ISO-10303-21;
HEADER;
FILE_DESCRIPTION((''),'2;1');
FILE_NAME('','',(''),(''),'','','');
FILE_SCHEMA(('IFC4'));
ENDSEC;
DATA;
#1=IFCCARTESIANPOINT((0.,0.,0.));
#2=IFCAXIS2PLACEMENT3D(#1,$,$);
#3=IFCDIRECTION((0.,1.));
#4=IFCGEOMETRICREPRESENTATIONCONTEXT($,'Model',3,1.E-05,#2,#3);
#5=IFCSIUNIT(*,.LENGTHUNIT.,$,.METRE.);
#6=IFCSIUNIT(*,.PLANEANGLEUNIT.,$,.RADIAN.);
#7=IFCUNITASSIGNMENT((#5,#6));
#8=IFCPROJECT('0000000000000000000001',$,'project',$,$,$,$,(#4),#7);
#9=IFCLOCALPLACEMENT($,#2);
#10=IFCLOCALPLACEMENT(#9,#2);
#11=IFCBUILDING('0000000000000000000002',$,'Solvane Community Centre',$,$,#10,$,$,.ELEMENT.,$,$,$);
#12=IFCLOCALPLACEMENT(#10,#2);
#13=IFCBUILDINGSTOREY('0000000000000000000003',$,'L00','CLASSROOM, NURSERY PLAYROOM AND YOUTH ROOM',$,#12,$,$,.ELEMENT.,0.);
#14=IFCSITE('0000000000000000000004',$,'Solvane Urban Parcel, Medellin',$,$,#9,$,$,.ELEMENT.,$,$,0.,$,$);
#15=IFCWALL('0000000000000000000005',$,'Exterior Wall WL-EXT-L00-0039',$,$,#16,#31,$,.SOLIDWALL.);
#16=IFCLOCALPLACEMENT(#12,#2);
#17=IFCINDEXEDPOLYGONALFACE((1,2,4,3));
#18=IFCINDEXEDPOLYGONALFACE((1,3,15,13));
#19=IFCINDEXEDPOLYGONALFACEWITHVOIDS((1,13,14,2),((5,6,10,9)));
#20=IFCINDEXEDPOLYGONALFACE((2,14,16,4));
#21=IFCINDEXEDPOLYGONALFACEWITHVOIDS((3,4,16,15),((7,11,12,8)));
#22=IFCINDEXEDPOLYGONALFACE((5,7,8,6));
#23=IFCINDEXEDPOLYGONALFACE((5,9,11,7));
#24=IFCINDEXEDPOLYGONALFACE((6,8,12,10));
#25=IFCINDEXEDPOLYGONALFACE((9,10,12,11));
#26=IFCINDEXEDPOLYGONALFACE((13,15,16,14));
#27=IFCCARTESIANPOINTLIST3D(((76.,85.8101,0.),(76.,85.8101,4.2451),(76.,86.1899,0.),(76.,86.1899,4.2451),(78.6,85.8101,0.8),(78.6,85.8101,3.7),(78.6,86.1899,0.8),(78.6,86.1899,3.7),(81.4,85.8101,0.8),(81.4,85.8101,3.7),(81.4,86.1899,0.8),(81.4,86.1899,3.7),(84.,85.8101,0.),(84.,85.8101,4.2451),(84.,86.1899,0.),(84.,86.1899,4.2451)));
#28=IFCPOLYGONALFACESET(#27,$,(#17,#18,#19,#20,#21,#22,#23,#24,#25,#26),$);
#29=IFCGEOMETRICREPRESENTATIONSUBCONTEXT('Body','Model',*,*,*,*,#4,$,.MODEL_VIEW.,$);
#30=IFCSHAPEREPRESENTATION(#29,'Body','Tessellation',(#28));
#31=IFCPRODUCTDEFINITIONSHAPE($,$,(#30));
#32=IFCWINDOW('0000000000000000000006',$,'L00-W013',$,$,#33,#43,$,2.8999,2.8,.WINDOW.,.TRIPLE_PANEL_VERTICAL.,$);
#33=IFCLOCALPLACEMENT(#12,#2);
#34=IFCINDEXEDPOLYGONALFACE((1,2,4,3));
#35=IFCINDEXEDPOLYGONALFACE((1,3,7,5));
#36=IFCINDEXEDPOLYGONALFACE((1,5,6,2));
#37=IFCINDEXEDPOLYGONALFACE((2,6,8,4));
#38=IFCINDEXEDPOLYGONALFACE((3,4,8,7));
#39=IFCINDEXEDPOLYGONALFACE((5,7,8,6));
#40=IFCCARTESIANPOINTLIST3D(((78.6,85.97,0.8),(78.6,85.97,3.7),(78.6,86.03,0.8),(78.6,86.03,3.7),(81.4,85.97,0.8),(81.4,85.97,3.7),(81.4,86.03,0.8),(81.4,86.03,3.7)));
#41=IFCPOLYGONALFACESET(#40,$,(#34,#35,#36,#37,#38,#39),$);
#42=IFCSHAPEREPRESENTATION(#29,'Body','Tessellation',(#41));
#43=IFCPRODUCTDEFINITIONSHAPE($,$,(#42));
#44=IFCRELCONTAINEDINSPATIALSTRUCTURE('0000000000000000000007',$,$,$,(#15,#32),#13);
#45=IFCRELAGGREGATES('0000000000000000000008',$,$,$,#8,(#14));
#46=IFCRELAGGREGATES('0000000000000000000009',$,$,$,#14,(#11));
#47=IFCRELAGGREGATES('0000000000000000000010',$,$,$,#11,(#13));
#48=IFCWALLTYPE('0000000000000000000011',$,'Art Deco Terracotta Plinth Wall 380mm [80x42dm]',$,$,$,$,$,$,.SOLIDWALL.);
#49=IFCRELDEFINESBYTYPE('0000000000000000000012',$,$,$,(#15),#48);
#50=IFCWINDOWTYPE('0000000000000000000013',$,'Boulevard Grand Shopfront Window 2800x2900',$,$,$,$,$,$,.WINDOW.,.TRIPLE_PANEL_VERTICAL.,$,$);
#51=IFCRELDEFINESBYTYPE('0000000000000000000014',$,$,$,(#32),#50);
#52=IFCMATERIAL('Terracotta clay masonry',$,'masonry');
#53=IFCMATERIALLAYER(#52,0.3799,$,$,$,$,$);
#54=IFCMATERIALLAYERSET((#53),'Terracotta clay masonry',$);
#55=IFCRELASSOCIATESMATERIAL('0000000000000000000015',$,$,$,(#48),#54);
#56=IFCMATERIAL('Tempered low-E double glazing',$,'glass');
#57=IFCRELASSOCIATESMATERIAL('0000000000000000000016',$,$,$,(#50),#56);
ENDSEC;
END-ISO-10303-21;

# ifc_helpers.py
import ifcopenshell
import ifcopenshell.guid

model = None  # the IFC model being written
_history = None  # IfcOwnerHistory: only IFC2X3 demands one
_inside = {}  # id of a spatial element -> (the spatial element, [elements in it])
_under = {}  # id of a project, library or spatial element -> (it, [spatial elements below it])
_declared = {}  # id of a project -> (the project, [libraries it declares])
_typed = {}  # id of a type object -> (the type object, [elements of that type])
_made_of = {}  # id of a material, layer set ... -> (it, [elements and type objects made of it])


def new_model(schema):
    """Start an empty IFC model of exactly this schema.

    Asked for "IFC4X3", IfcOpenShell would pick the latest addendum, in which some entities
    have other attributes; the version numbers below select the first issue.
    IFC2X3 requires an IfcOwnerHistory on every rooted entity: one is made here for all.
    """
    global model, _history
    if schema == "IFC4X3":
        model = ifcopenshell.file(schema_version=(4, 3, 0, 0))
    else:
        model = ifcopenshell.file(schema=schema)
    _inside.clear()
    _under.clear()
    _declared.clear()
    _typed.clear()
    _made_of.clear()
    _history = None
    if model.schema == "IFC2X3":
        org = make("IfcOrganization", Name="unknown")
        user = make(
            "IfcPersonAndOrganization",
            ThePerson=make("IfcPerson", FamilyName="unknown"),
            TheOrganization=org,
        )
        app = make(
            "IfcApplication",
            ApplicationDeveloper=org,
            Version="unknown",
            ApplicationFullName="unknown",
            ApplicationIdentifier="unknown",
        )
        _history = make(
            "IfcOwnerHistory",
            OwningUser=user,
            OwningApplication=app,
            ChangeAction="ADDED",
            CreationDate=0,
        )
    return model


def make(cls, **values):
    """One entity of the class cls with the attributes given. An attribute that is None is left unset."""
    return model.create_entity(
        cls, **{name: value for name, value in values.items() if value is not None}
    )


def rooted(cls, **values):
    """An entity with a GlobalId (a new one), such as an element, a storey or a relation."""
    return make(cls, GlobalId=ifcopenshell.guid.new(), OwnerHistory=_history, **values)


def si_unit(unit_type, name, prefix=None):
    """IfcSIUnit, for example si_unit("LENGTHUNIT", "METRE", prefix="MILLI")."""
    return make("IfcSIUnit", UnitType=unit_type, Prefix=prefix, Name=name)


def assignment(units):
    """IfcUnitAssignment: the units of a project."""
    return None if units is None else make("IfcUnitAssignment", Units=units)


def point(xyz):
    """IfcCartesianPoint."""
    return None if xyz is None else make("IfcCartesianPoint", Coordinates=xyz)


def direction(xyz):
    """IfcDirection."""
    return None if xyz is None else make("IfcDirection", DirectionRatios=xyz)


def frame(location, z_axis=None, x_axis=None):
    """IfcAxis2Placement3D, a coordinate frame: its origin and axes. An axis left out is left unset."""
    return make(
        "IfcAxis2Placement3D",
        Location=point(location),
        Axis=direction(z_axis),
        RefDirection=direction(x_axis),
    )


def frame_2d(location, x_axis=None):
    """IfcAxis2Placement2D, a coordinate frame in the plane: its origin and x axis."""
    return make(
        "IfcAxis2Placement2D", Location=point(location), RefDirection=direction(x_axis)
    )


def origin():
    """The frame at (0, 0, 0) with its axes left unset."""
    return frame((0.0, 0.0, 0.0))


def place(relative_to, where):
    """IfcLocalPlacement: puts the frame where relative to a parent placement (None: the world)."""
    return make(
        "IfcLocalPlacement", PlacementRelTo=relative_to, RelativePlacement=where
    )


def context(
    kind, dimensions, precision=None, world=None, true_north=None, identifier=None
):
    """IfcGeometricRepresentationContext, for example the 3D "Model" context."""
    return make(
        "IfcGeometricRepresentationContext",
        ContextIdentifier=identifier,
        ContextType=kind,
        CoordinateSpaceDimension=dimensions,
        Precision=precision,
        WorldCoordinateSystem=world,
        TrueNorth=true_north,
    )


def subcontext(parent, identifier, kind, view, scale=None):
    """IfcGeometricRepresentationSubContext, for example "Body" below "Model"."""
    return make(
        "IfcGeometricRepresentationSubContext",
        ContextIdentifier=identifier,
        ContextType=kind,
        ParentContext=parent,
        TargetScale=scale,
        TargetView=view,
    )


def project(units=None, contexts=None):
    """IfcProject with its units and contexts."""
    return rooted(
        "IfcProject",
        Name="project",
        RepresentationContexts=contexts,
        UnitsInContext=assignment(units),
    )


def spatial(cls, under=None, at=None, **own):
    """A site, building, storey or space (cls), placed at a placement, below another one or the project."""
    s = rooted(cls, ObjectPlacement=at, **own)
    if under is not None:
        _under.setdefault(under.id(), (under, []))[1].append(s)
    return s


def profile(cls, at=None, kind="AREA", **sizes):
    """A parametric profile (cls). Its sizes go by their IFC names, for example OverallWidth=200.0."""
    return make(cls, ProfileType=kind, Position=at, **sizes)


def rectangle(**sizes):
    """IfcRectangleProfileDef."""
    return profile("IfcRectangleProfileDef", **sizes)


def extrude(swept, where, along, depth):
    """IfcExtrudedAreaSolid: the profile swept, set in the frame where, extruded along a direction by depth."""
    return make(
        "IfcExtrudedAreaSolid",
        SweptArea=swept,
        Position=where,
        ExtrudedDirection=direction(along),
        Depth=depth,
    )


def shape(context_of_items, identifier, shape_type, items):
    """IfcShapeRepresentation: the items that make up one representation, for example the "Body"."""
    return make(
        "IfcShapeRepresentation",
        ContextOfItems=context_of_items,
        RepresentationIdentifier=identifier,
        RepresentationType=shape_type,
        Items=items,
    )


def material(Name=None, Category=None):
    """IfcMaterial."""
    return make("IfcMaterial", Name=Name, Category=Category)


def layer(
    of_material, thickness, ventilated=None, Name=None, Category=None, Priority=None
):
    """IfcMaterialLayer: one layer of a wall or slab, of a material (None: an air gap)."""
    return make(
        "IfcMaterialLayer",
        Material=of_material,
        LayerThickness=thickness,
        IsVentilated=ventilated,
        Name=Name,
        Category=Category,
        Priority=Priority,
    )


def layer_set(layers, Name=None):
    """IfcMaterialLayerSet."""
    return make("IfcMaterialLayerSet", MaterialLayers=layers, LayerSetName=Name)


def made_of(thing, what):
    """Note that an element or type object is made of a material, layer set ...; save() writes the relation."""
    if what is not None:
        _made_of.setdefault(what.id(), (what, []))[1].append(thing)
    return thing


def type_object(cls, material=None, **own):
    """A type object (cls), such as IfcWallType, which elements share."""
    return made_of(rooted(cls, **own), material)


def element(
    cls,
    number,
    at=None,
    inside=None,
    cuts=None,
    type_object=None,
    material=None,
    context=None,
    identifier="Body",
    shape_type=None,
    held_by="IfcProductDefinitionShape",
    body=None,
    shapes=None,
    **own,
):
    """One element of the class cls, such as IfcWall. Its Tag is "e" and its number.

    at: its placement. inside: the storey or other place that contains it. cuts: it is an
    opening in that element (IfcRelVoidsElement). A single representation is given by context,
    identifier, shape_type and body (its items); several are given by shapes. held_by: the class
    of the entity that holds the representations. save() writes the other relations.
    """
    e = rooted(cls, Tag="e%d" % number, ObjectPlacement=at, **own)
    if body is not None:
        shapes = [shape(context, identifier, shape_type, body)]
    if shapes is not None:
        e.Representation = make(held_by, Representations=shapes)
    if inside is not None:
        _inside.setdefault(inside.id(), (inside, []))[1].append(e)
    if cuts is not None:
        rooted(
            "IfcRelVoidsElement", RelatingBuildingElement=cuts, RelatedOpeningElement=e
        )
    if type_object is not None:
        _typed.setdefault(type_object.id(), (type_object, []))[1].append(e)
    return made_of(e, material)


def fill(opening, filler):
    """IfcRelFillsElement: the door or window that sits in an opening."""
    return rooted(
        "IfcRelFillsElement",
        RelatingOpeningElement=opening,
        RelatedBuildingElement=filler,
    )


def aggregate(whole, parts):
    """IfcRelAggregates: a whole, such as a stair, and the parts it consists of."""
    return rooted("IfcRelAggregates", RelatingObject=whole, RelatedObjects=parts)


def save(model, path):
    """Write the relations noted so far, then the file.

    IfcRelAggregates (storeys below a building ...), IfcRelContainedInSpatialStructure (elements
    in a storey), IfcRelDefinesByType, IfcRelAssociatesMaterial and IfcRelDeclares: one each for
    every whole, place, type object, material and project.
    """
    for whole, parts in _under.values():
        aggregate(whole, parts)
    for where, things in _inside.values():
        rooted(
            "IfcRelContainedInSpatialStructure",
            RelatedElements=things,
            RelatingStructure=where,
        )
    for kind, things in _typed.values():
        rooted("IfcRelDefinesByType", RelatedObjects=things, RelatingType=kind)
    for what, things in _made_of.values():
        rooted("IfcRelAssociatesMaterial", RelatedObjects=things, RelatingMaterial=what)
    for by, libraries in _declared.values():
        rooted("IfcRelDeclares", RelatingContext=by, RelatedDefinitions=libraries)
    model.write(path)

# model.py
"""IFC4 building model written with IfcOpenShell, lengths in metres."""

from ifc_helpers import new_model, si_unit, direction, frame, frame_2d, origin, place, context, subcontext, project, spatial, rectangle, extrude, material, layer, layer_set, type_object, element, fill, save


model = new_model("IFC4")

# Units and contexts
model_context = context("Model", 3, precision=1e-05, world=origin(), true_north=direction((0.0, 1.0)))
body_context = subcontext(model_context, "Body", "Model", "MODEL_VIEW")
ifc_project = project(units=[si_unit("LENGTHUNIT", "METRE"), si_unit("PLANEANGLEUNIT", "RADIAN")], contexts=[model_context])

# Site, building, storey
site_placement = place(None, origin())
site = spatial("IfcSite", under=ifc_project, at=site_placement, Name="Solvane Urban Parcel, Medellin", CompositionType="ELEMENT", RefElevation=0.0)
building_placement = place(site_placement, origin())
building = spatial("IfcBuilding", under=site, at=building_placement, Name="Solvane Community Centre", CompositionType="ELEMENT")
storey_placement = place(building_placement, origin())
storey = spatial("IfcBuildingStorey", under=building, at=storey_placement, Name="L00", Description="CLASSROOM, NURSERY PLAYROOM AND YOUTH ROOM", CompositionType="ELEMENT", Elevation=0.0)

# Shared definitions
ifc_material_1 = material(Name="Tempered low-E double glazing", Category="glass")

# Wall, opening, window
ifc_material_2 = material(Name="Terracotta clay masonry", Category="masonry")
ifc_layer_1 = layer(ifc_material_2, 0.3799)
ifc_layer_set_1 = layer_set([ifc_layer_1], Name="Terracotta clay masonry")
wall_type = type_object("IfcWallType", Name="Art Deco Terracotta Plinth Wall 380mm [80x42dm]", PredefinedType="SOLIDWALL", material=ifc_layer_set_1)
wall_placement = place(storey_placement, frame((84.0, 86.0, 0.0), z_axis=(0.0, 0.0, 1.0), x_axis=(-1.0, 0.0, 0.0)))
wall = element("IfcWall", 1, at=wall_placement, inside=storey, type_object=wall_type, Name="Exterior Wall WL-EXT-L00-0039", PredefinedType="SOLIDWALL", context=body_context, shape_type="SweptSolid", body=[
    extrude(rectangle(XDim=8.0, YDim=0.3799, at=frame_2d((4.0, 0.0))), origin(), (0.0, 0.0, 1.0), 4.2451),
])
opening_placement = place(wall_placement, frame((2.6001, 0.0, 0.8)))
opening = element("IfcOpeningElement", 2, at=opening_placement, cuts=wall, PredefinedType="OPENING", context=body_context, shape_type="SweptSolid", body=[
    extrude(rectangle(XDim=2.8, YDim=2.8999, at=frame_2d((1.3999, 1.45))), frame((0.0, 0.2, 0.0), z_axis=(0.0, -1.0, 0.0), x_axis=(1.0, 0.0, 0.0)), (0.0, 0.0, 1.0), 0.3999),
])
window_type = type_object("IfcWindowType", Name="Boulevard Grand Shopfront Window 2800x2900", PartitioningType="TRIPLE_PANEL_VERTICAL", PredefinedType="WINDOW", material=ifc_material_1)
window_placement = place(opening_placement, origin())
window = element("IfcWindow", 3, at=window_placement, inside=storey, type_object=window_type, Name="L00-W013", OverallHeight=2.8999, OverallWidth=2.8, PartitioningType="TRIPLE_PANEL_VERTICAL", PredefinedType="WINDOW", context=body_context, shape_type="SweptSolid", body=[
    extrude(rectangle(XDim=2.8, YDim=2.8999, at=frame_2d((1.3999, 1.45))), frame((0.0, 0.03, 0.0), z_axis=(0.0, -1.0, 0.0), x_axis=(1.0, 0.0, 0.0)), (0.0, 0.0, 1.0), 0.0601),
])
fill(opening, window)

save(model, "model.ifc")
